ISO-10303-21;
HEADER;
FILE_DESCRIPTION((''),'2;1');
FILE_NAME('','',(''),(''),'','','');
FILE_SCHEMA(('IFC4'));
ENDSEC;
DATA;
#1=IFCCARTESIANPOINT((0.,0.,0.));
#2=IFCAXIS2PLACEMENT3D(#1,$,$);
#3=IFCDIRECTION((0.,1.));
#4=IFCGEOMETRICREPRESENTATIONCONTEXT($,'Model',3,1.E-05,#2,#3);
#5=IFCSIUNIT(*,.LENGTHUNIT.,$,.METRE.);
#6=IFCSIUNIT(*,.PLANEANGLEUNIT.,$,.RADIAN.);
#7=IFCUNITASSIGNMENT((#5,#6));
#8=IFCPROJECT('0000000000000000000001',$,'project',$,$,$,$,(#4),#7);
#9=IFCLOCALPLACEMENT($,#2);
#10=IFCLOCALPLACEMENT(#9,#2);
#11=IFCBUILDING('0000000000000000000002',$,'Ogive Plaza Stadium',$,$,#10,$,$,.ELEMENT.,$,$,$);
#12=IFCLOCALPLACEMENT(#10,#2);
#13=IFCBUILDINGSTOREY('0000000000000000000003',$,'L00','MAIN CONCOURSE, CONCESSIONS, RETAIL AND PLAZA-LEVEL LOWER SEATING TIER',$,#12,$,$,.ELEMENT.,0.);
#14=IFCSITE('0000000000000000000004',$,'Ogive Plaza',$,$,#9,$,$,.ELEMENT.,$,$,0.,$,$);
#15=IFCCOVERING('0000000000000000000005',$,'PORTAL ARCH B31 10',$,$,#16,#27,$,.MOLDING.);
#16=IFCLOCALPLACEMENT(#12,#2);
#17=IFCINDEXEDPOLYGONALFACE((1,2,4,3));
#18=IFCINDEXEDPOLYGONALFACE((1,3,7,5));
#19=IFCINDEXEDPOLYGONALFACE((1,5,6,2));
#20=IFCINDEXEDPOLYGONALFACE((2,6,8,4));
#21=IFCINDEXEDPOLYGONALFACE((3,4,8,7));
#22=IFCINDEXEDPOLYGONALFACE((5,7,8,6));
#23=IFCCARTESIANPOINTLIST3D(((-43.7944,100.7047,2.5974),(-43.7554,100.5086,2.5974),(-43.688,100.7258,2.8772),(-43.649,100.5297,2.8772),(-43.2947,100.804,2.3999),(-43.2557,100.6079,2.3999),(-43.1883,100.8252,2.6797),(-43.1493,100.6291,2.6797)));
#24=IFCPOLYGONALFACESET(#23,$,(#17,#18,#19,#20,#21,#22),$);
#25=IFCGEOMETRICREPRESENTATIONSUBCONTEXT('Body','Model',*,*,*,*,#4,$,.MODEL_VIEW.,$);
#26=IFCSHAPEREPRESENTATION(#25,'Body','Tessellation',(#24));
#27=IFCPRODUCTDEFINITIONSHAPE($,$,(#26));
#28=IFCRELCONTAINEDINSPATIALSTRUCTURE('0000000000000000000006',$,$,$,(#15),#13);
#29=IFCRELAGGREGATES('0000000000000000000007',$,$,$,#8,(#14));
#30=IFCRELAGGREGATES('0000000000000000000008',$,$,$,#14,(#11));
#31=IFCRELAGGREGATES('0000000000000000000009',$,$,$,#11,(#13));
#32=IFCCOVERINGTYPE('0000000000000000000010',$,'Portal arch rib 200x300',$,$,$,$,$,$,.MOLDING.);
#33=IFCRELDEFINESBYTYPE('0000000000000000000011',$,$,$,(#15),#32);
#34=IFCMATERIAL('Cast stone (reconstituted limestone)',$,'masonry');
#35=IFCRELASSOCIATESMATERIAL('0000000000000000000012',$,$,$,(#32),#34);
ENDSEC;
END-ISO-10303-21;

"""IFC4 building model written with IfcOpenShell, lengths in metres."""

from ifc_helpers import new_model, si_unit, direction, frame, origin, origin_2d, place, context, subcontext, project, spatial, rectangle, extrude, material, material_profile, profile_set, type_object, element, save


model = new_model("IFC4")

# Units and contexts
model_context = context("Model", 3, precision=1e-05, world=origin(), true_north=direction((0.0, 1.0)))
body_context = subcontext(model_context, "Body", "Model", "MODEL_VIEW")
ifc_project = project(units=[si_unit("LENGTHUNIT", "METRE"), si_unit("PLANEANGLEUNIT", "RADIAN")], contexts=[model_context])

# Site, building, storey
site_placement = place(None, origin())
site = spatial("IfcSite", under=ifc_project, at=site_placement, Name="Ogive Plaza", CompositionType="ELEMENT", RefElevation=0.0)
building_placement = place(site_placement, origin())
building = spatial("IfcBuilding", under=site, at=building_placement, Name="Ogive Plaza Stadium", CompositionType="ELEMENT")
storey_placement = place(building_placement, origin())
storey = spatial("IfcBuildingStorey", under=building, at=storey_placement, Name="L00", Description="MAIN CONCOURSE, CONCESSIONS, RETAIL AND PLAZA-LEVEL LOWER SEATING TIER", CompositionType="ELEMENT", Elevation=0.0)

# Covering
ifc_material_1 = material(Name="Cast stone (reconstituted limestone)", Category="masonry")
ifc_material_profile_1 = material_profile(ifc_material_1, rectangle(XDim=0.2, YDim=0.3, at=origin_2d()), Name="Cast stone 200x300")
ifc_profile_set_1 = profile_set([ifc_material_profile_1], Name="Cast stone (reconstituted limestone)")
covering_type = type_object("IfcCoveringType", Name="Portal arch rib 200x300", PredefinedType="MOLDING", material=ifc_profile_set_1)
for number, where, z_axis, x_axis, name in (
    (1, (-43.7217, 100.6172, 2.7373), (0.914501, 0.181828, -0.361422), (-0.19501, 0.980801, 0.0), "PORTAL ARCH B31 10"),
):
    element("IfcCovering", number, at=place(storey_placement, frame(where, z_axis=z_axis, x_axis=x_axis)), inside=storey, type_object=covering_type, Name=name, PredefinedType="MOLDING", context=body_context, shape_type="SweptSolid", body=[
        extrude(rectangle(XDim=0.2, YDim=0.3, at=origin_2d()), origin(), (0.0, 0.0, 1.0), 0.5464),
    ])

save(model, "model.ifc")
